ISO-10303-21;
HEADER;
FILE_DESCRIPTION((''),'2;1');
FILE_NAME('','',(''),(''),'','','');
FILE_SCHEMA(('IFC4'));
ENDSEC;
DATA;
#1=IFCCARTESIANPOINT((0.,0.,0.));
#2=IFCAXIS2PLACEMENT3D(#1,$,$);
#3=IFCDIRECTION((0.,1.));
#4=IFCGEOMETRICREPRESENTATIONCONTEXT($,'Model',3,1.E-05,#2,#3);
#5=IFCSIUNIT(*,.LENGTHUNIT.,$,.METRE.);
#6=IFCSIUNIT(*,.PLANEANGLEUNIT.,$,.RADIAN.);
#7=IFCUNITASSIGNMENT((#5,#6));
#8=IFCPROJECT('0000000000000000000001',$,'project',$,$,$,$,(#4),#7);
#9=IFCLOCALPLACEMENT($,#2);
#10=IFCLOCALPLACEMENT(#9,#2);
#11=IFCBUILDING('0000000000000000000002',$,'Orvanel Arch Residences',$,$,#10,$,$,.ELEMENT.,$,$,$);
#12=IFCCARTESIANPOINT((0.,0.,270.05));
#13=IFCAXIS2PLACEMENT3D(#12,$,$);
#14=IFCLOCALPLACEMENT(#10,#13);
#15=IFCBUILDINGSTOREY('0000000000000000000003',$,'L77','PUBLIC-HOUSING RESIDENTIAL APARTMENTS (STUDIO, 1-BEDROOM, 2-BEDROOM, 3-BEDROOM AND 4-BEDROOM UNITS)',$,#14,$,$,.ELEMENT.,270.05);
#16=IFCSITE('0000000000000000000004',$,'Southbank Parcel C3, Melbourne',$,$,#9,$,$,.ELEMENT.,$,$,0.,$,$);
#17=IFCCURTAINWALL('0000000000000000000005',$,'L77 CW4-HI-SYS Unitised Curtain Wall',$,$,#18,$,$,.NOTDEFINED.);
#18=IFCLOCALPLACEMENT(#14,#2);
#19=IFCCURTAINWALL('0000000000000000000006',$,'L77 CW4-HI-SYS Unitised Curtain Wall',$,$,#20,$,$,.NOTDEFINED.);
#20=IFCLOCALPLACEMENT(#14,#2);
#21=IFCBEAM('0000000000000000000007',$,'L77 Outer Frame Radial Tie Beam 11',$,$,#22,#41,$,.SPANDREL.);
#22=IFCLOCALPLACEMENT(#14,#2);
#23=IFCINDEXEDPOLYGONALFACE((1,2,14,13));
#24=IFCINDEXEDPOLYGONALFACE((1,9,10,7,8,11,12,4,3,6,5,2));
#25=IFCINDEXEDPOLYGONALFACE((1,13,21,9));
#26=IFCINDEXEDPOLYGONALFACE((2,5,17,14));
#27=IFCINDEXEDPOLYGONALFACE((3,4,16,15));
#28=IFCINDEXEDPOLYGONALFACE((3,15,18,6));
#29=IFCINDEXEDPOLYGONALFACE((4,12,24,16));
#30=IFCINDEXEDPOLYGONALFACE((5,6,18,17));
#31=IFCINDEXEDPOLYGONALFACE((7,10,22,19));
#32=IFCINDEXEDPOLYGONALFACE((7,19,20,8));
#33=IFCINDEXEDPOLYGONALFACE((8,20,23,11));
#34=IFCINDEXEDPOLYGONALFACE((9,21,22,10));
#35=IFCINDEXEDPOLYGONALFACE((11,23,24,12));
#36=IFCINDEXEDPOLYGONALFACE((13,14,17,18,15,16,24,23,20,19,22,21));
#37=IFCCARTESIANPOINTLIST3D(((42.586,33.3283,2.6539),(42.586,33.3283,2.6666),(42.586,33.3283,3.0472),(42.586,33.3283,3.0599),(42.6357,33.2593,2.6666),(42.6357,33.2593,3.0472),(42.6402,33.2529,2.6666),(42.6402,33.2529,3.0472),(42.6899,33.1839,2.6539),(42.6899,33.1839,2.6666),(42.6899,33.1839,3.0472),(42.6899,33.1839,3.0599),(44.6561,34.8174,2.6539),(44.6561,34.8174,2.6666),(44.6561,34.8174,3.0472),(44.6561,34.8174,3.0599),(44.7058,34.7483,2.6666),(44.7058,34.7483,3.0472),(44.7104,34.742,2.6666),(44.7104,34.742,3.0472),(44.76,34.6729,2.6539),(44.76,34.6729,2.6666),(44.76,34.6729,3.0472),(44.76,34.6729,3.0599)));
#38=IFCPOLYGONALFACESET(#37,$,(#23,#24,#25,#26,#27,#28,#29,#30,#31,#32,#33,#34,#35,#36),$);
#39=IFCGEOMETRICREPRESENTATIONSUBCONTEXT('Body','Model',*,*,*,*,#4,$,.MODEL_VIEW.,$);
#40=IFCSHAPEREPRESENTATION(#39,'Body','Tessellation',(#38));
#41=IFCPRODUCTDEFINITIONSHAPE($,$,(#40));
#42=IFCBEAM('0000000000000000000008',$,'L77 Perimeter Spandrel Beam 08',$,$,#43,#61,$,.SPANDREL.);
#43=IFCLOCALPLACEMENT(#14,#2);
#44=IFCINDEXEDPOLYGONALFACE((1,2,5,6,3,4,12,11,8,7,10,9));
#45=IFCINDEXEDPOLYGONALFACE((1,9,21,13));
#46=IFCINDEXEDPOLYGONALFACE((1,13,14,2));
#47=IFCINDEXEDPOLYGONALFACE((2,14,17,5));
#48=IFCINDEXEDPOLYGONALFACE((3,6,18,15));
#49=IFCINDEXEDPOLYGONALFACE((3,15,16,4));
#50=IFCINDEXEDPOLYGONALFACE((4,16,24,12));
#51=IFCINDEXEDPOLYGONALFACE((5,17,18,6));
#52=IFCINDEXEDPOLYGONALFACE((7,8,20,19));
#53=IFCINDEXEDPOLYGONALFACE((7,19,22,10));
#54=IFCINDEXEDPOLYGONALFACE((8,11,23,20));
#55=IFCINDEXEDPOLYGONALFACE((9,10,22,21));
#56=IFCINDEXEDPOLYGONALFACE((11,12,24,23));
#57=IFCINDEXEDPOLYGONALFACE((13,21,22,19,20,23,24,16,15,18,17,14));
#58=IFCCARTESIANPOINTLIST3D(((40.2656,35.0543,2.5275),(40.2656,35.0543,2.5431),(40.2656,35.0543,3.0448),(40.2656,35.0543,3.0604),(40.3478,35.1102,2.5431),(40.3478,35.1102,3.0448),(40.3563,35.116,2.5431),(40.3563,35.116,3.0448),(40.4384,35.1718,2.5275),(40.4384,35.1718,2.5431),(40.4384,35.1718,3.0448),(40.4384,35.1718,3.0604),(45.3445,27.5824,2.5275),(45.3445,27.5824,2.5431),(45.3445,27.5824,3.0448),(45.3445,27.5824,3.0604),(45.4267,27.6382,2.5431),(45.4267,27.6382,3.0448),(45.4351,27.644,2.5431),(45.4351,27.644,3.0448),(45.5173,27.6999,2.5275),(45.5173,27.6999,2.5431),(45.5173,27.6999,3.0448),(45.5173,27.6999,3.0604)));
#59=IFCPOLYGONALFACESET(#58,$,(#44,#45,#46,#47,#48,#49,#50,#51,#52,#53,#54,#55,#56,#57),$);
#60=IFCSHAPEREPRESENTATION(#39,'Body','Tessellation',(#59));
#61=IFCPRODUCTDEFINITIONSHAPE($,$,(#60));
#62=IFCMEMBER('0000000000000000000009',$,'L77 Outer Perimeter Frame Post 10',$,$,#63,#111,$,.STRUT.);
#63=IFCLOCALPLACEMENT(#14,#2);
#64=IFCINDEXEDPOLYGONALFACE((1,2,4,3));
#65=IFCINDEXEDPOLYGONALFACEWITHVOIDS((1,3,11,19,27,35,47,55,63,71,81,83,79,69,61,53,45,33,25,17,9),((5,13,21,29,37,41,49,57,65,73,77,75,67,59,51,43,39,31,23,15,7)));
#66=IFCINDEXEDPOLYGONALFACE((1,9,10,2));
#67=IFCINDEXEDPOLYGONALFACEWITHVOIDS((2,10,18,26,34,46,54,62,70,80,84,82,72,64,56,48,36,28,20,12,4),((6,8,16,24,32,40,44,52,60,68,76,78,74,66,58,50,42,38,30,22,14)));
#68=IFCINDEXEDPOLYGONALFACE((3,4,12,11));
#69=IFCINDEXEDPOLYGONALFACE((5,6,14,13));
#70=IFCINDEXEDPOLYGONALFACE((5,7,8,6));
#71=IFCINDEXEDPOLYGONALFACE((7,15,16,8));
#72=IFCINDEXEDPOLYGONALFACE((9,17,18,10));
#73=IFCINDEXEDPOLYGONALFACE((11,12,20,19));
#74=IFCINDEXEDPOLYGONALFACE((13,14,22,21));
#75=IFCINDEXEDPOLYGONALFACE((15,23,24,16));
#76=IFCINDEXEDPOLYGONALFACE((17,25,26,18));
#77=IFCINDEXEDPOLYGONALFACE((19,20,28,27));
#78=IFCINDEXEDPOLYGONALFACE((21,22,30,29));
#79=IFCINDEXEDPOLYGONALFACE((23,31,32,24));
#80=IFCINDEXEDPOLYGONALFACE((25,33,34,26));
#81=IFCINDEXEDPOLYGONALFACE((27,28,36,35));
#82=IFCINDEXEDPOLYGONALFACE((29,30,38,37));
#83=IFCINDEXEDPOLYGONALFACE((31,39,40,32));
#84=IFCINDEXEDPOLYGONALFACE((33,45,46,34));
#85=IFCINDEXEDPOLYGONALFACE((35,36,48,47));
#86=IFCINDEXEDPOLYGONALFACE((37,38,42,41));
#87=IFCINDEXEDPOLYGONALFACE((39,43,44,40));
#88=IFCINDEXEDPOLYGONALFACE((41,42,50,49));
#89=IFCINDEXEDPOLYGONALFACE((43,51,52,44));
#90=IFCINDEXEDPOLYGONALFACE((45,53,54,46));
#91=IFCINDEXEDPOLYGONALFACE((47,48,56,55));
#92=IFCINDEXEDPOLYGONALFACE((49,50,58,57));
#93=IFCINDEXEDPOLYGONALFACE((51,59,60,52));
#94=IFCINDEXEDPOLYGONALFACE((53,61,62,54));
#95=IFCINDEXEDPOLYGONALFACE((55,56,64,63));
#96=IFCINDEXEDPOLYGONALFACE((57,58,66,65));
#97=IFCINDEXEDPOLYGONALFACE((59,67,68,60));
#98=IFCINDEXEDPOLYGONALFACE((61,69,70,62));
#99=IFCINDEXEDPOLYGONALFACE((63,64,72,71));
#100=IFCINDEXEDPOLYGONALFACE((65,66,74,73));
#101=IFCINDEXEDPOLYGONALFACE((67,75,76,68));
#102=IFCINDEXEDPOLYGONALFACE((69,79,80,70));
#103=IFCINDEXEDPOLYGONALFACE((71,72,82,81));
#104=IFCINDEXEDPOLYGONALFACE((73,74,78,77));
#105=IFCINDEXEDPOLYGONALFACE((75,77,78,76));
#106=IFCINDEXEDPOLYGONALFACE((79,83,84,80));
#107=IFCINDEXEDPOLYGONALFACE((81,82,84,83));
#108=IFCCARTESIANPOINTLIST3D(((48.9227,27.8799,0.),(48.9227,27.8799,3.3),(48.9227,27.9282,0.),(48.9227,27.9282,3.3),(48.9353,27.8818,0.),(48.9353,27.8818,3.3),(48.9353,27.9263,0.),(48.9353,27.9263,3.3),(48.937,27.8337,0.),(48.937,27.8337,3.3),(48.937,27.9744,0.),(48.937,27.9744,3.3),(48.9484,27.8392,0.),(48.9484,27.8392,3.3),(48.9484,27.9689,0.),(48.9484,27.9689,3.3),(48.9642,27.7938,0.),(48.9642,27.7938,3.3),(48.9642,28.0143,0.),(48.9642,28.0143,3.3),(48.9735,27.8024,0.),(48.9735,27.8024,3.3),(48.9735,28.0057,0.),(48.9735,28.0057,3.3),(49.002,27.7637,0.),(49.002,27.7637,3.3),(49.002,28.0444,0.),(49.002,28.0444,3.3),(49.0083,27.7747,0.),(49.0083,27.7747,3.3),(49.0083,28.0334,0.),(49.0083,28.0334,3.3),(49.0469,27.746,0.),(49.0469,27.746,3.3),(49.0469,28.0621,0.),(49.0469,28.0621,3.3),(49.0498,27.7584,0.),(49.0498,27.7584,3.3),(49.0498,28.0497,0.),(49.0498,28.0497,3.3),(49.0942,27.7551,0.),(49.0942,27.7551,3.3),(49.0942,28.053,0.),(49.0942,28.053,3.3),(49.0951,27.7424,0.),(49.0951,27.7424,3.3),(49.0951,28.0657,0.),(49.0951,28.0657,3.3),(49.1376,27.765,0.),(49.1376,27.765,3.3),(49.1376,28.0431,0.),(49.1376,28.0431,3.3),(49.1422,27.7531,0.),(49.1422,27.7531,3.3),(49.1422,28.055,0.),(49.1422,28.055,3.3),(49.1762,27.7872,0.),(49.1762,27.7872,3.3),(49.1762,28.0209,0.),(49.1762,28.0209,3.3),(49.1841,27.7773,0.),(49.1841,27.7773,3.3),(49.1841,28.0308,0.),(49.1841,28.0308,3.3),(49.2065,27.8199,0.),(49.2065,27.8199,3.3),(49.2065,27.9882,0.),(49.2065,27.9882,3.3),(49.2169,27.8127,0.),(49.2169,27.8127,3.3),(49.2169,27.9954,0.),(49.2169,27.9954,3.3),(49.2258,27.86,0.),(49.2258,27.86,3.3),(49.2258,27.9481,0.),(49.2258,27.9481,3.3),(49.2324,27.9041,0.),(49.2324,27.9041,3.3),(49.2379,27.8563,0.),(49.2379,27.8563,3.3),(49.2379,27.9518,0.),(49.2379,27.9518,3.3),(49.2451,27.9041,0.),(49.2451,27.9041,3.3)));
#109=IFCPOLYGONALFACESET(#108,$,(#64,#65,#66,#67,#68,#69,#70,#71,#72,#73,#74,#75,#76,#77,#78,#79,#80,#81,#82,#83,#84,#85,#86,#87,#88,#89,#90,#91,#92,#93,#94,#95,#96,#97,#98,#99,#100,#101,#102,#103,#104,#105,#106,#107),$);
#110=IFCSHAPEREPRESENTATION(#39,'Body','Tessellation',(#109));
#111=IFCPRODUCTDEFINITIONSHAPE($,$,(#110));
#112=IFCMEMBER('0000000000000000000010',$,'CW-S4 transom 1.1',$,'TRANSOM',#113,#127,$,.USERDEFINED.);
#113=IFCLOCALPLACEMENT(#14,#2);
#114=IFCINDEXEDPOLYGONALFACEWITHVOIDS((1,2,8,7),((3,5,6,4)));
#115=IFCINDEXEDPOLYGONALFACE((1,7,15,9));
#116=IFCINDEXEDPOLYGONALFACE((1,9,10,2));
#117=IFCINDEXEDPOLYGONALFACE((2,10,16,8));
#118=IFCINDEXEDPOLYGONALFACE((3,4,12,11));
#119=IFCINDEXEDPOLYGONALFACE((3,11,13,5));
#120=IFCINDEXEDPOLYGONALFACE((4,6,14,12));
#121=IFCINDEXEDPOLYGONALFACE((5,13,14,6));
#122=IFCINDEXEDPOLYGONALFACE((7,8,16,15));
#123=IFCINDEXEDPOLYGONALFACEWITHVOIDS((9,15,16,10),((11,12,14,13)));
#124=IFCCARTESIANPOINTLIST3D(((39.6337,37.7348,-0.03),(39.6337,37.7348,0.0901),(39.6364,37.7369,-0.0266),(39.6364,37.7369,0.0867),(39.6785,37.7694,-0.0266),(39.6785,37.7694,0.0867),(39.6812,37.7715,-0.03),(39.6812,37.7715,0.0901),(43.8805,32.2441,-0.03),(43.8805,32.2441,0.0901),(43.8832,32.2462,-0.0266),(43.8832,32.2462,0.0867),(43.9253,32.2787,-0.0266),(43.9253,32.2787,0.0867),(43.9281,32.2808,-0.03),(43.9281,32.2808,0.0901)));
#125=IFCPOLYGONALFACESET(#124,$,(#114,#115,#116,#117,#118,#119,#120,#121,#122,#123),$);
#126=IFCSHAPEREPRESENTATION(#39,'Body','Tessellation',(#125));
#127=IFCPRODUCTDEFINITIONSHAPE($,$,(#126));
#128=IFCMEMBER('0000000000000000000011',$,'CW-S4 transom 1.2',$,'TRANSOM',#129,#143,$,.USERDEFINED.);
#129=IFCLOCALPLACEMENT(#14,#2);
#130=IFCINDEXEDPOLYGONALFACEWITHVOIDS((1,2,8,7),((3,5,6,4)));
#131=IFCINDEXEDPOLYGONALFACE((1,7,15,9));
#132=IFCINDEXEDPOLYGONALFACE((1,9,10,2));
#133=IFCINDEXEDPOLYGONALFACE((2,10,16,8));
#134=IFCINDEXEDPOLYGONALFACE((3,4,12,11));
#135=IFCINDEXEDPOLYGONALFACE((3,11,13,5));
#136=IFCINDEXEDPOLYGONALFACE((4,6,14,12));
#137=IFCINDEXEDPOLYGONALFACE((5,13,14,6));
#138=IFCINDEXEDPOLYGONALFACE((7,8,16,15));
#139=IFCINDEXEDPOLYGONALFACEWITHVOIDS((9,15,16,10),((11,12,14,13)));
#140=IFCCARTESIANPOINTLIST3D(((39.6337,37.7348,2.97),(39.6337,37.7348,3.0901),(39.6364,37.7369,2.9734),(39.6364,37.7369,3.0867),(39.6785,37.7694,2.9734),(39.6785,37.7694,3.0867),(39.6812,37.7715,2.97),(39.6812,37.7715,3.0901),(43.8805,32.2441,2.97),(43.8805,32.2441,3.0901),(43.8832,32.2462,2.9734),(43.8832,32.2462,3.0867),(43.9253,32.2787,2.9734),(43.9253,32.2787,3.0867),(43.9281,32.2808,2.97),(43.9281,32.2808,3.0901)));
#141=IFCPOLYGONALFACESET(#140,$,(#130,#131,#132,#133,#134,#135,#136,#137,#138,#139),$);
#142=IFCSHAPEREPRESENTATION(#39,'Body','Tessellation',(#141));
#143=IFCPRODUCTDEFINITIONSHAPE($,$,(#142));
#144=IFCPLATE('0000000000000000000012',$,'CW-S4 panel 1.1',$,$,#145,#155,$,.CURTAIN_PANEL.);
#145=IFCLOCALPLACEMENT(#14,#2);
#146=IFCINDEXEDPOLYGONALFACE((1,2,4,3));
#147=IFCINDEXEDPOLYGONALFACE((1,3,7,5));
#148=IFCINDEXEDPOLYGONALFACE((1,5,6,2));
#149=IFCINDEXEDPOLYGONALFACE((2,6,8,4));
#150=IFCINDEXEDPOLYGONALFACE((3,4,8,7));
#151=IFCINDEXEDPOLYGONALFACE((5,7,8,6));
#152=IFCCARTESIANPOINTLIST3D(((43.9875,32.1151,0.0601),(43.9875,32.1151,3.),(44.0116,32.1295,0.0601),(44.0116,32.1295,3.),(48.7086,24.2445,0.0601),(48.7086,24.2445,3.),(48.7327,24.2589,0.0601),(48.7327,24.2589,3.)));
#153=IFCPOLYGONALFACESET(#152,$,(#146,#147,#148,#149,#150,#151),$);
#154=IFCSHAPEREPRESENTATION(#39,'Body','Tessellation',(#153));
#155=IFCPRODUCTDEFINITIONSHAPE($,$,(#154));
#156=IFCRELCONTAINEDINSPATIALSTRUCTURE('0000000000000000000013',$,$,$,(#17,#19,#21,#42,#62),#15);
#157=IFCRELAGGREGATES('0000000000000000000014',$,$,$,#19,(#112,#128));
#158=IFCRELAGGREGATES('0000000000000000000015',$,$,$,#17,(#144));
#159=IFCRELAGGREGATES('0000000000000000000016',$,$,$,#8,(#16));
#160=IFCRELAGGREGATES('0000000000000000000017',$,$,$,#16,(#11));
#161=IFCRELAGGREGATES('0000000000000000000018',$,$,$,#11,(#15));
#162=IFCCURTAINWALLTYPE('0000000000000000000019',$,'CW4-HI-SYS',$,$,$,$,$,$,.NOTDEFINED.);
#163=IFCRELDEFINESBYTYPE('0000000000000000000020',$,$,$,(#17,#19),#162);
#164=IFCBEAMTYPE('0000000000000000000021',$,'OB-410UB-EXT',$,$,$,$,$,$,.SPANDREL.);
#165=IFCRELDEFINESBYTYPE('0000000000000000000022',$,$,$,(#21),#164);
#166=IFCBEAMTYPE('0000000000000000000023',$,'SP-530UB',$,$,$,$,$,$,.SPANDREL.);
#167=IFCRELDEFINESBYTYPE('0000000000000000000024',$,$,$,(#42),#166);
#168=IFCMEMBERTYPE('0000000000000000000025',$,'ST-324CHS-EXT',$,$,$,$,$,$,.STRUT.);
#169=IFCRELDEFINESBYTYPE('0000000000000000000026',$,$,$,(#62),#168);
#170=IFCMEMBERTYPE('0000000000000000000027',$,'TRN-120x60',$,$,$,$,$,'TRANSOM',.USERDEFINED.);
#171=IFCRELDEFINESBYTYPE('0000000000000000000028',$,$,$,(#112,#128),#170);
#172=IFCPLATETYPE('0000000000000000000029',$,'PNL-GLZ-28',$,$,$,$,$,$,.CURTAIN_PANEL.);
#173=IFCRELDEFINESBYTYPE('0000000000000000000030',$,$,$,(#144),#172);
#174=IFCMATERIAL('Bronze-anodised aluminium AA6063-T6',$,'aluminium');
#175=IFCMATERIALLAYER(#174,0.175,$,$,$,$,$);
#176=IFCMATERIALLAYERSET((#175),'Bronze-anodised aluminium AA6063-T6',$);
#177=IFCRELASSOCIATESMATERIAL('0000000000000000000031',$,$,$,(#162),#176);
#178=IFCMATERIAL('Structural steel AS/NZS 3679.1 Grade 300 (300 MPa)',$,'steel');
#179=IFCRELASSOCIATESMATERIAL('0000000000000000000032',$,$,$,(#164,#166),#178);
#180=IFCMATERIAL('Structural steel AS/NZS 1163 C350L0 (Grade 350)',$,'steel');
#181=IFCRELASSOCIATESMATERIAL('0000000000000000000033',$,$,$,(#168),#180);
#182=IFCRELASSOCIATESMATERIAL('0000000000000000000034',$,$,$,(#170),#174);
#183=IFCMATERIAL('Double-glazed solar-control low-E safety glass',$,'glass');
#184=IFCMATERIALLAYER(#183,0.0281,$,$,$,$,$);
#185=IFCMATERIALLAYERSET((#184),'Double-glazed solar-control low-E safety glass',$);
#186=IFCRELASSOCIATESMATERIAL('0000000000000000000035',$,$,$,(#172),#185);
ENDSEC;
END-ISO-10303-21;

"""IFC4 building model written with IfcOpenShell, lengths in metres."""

from ifc_helpers import new_model, si_unit, direction, frame, origin, origin_2d, place, context, subcontext, project, spatial, rectangle, hollow_rectangle, hollow_circle, i_section, extrude, material, layer, layer_set, material_profile, profile_set, type_object, element, aggregate, save


model = new_model("IFC4")

# Units and contexts
model_context = context("Model", 3, precision=1e-05, world=origin(), true_north=direction((0.0, 1.0)))
body_context = subcontext(model_context, "Body", "Model", "MODEL_VIEW")
ifc_project = project(units=[si_unit("LENGTHUNIT", "METRE"), si_unit("PLANEANGLEUNIT", "RADIAN")], contexts=[model_context])

# Site, building, storey
site_placement = place(None, origin())
site = spatial("IfcSite", under=ifc_project, at=site_placement, Name="Southbank Parcel C3, Melbourne", CompositionType="ELEMENT", RefElevation=0.0)
building_placement = place(site_placement, origin())
building = spatial("IfcBuilding", under=site, at=building_placement, Name="Orvanel Arch Residences", CompositionType="ELEMENT")
storey_placement = place(building_placement, frame((0.0, 0.0, 270.05)))
storey = spatial("IfcBuildingStorey", under=building, at=storey_placement, Name="L77", Description="PUBLIC-HOUSING RESIDENTIAL APARTMENTS (STUDIO, 1-BEDROOM, 2-BEDROOM, 3-BEDROOM AND 4-BEDROOM UNITS)", CompositionType="ELEMENT", Elevation=270.05)

# Shared definitions
ifc_material_1 = material(Name="Structural steel AS/NZS 1163 C350L0 (Grade 350)", Category="steel")

# Shared definitions
ifc_material_2 = material(Name="Structural steel AS/NZS 3679.1 Grade 300 (300 MPa)", Category="steel")

# Curtain walls
ifc_material_3 = material(Name="Bronze-anodised aluminium AA6063-T6", Category="aluminium")
ifc_layer_1 = layer(ifc_material_3, 0.175)
ifc_layer_set_1 = layer_set([ifc_layer_1], Name="Bronze-anodised aluminium AA6063-T6")
curtain_wall_type = type_object("IfcCurtainWallType", Name="CW4-HI-SYS", PredefinedType="NOTDEFINED", material=ifc_layer_set_1)
curtain_wall_1_placement = place(storey_placement, origin())
curtain_wall_1 = element("IfcCurtainWall", 1, at=curtain_wall_1_placement, inside=storey, type_object=curtain_wall_type, Name="L77 CW4-HI-SYS Unitised Curtain Wall", PredefinedType="NOTDEFINED")
curtain_wall_2_placement = place(storey_placement, origin())
curtain_wall_2 = element("IfcCurtainWall", 2, at=curtain_wall_2_placement, inside=storey, type_object=curtain_wall_type, Name="L77 CW4-HI-SYS Unitised Curtain Wall", PredefinedType="NOTDEFINED")

# Beams
ifc_material_profile_1 = material_profile(ifc_material_2, i_section(OverallWidth=0.178, OverallDepth=0.406, WebThickness=0.0078, FlangeThickness=0.0127, at=origin_2d()), Name="410UB59.7")
ifc_profile_set_1 = profile_set([ifc_material_profile_1], Name="Structural steel AS/NZS 3679.1 Grade 300 (300 MPa)")
beam_type_1 = type_object("IfcBeamType", Name="OB-410UB-EXT", PredefinedType="SPANDREL", material=ifc_profile_set_1)
beam_1_placement = place(storey_placement, frame((42.6379, 33.2561, 2.8569), z_axis=(0.811801, 0.583934, 0.0), x_axis=(-0.583934, 0.811801, 0.0)))
element("IfcBeam", 3, at=beam_1_placement, inside=storey, type_object=beam_type_1, Name="L77 Outer Frame Radial Tie Beam 11", PredefinedType="SPANDREL", context=body_context, shape_type="SweptSolid", body=[
    extrude(i_section(OverallWidth=0.178, OverallDepth=0.406, WebThickness=0.0078, FlangeThickness=0.0127, at=origin_2d()), origin(), (0.0, 0.0, 1.0), 2.55),
])
ifc_material_profile_2 = material_profile(ifc_material_2, i_section(OverallWidth=0.209, OverallDepth=0.533, WebThickness=0.0103, FlangeThickness=0.0156, at=origin_2d()), Name="530UB92.4")
ifc_profile_set_2 = profile_set([ifc_material_profile_2], Name="Structural steel AS/NZS 3679.1 Grade 300 (300 MPa)")
beam_type_2 = type_object("IfcBeamType", Name="SP-530UB", PredefinedType="SPANDREL", material=ifc_profile_set_2)
beam_2_placement = place(storey_placement, frame((45.4309, 27.6411, 2.7939), z_axis=(-0.562155, 0.827032, 0.0), x_axis=(-0.827032, -0.562155, 0.0)))
element("IfcBeam", 4, at=beam_2_placement, inside=storey, type_object=beam_type_2, Name="L77 Perimeter Spandrel Beam 08", PredefinedType="SPANDREL", context=body_context, shape_type="SweptSolid", body=[
    extrude(i_section(OverallWidth=0.209, OverallDepth=0.533, WebThickness=0.0103, FlangeThickness=0.0156, at=origin_2d()), origin(), (0.0, 0.0, 1.0), 9.0347),
])

# Members
ifc_material_profile_3 = material_profile(ifc_material_1, hollow_circle(Radius=0.1621, WallThickness=0.0127, at=origin_2d()), Name="CHS324x12.7")
ifc_profile_set_3 = profile_set([ifc_material_profile_3], Name="Structural steel AS/NZS 1163 C350L0 (Grade 350)")
member_type_1 = type_object("IfcMemberType", Name="ST-324CHS-EXT", PredefinedType="STRUT", material=ifc_profile_set_3)
member_1_placement = place(storey_placement, frame((49.083, 27.9041, 0.0), z_axis=(0.0, 0.0, 1.0), x_axis=(1.0, 0.0, 0.0)))
element("IfcMember", 5, at=member_1_placement, inside=storey, type_object=member_type_1, Name="L77 Outer Perimeter Frame Post 10", PredefinedType="STRUT", context=body_context, shape_type="SweptSolid", body=[
    extrude(hollow_circle(Radius=0.1621, WallThickness=0.0127, at=origin_2d()), origin(), (0.0, 0.0, 1.0), 3.3),
])
ifc_material_profile_4 = material_profile(ifc_material_3, hollow_rectangle(XDim=0.0601, YDim=0.1201, WallThickness=0.0034, at=origin_2d()), Name="ALU120x60x3.5")
ifc_profile_set_4 = profile_set([ifc_material_profile_4], Name="Bronze-anodised aluminium AA6063-T6")
member_type_2 = type_object("IfcMemberType", Name="TRN-120x60", ElementType="TRANSOM", PredefinedType="USERDEFINED", material=ifc_profile_set_4)
member_2_placement = place(storey_placement, frame((43.9043, 32.2625, 0.03), z_axis=(-0.611808, 0.791006, 0.0), x_axis=(-0.791006, -0.611808, 0.0)))
member_2 = element("IfcMember", 6, at=member_2_placement, type_object=member_type_2, Name="CW-S4 transom 1.1", ObjectType="TRANSOM", PredefinedType="USERDEFINED", context=body_context, shape_type="SweptSolid", body=[
    extrude(hollow_rectangle(XDim=0.0601, YDim=0.1201, WallThickness=0.0034, at=origin_2d()), origin(), (0.0, 0.0, 1.0), 6.9414),
])
member_3_placement = place(storey_placement, frame((43.9043, 32.2625, 3.03), z_axis=(-0.611808, 0.791006, 0.0), x_axis=(-0.791006, -0.611808, 0.0)))
member_3 = element("IfcMember", 7, at=member_3_placement, type_object=member_type_2, Name="CW-S4 transom 1.2", ObjectType="TRANSOM", PredefinedType="USERDEFINED", context=body_context, shape_type="SweptSolid", body=[
    extrude(hollow_rectangle(XDim=0.0601, YDim=0.1201, WallThickness=0.0034, at=origin_2d()), origin(), (0.0, 0.0, 1.0), 6.9414),
])
aggregate(curtain_wall_2, [member_2, member_3])

# Plate
ifc_material_4 = material(Name="Double-glazed solar-control low-E safety glass", Category="glass")
ifc_layer_2 = layer(ifc_material_4, 0.0281)
ifc_layer_set_2 = layer_set([ifc_layer_2], Name="Double-glazed solar-control low-E safety glass")
plate_type = type_object("IfcPlateType", Name="PNL-GLZ-28", PredefinedType="CURTAIN_PANEL", material=ifc_layer_set_2)
plate_placement = place(storey_placement, frame((46.3601, 28.187, 0.0601), z_axis=(0.0, 0.0, 1.0), x_axis=(-0.514401, 0.85755, 0.0)))
plate = element("IfcPlate", 8, at=plate_placement, type_object=plate_type, Name="CW-S4 panel 1.1", PredefinedType="CURTAIN_PANEL", context=body_context, shape_type="SweptSolid", body=[
    extrude(rectangle(XDim=9.178, YDim=0.0281, at=origin_2d()), origin(), (0.0, 0.0, 1.0), 2.9399),
])
aggregate(curtain_wall_1, [plate])

save(model, "model.ifc")
